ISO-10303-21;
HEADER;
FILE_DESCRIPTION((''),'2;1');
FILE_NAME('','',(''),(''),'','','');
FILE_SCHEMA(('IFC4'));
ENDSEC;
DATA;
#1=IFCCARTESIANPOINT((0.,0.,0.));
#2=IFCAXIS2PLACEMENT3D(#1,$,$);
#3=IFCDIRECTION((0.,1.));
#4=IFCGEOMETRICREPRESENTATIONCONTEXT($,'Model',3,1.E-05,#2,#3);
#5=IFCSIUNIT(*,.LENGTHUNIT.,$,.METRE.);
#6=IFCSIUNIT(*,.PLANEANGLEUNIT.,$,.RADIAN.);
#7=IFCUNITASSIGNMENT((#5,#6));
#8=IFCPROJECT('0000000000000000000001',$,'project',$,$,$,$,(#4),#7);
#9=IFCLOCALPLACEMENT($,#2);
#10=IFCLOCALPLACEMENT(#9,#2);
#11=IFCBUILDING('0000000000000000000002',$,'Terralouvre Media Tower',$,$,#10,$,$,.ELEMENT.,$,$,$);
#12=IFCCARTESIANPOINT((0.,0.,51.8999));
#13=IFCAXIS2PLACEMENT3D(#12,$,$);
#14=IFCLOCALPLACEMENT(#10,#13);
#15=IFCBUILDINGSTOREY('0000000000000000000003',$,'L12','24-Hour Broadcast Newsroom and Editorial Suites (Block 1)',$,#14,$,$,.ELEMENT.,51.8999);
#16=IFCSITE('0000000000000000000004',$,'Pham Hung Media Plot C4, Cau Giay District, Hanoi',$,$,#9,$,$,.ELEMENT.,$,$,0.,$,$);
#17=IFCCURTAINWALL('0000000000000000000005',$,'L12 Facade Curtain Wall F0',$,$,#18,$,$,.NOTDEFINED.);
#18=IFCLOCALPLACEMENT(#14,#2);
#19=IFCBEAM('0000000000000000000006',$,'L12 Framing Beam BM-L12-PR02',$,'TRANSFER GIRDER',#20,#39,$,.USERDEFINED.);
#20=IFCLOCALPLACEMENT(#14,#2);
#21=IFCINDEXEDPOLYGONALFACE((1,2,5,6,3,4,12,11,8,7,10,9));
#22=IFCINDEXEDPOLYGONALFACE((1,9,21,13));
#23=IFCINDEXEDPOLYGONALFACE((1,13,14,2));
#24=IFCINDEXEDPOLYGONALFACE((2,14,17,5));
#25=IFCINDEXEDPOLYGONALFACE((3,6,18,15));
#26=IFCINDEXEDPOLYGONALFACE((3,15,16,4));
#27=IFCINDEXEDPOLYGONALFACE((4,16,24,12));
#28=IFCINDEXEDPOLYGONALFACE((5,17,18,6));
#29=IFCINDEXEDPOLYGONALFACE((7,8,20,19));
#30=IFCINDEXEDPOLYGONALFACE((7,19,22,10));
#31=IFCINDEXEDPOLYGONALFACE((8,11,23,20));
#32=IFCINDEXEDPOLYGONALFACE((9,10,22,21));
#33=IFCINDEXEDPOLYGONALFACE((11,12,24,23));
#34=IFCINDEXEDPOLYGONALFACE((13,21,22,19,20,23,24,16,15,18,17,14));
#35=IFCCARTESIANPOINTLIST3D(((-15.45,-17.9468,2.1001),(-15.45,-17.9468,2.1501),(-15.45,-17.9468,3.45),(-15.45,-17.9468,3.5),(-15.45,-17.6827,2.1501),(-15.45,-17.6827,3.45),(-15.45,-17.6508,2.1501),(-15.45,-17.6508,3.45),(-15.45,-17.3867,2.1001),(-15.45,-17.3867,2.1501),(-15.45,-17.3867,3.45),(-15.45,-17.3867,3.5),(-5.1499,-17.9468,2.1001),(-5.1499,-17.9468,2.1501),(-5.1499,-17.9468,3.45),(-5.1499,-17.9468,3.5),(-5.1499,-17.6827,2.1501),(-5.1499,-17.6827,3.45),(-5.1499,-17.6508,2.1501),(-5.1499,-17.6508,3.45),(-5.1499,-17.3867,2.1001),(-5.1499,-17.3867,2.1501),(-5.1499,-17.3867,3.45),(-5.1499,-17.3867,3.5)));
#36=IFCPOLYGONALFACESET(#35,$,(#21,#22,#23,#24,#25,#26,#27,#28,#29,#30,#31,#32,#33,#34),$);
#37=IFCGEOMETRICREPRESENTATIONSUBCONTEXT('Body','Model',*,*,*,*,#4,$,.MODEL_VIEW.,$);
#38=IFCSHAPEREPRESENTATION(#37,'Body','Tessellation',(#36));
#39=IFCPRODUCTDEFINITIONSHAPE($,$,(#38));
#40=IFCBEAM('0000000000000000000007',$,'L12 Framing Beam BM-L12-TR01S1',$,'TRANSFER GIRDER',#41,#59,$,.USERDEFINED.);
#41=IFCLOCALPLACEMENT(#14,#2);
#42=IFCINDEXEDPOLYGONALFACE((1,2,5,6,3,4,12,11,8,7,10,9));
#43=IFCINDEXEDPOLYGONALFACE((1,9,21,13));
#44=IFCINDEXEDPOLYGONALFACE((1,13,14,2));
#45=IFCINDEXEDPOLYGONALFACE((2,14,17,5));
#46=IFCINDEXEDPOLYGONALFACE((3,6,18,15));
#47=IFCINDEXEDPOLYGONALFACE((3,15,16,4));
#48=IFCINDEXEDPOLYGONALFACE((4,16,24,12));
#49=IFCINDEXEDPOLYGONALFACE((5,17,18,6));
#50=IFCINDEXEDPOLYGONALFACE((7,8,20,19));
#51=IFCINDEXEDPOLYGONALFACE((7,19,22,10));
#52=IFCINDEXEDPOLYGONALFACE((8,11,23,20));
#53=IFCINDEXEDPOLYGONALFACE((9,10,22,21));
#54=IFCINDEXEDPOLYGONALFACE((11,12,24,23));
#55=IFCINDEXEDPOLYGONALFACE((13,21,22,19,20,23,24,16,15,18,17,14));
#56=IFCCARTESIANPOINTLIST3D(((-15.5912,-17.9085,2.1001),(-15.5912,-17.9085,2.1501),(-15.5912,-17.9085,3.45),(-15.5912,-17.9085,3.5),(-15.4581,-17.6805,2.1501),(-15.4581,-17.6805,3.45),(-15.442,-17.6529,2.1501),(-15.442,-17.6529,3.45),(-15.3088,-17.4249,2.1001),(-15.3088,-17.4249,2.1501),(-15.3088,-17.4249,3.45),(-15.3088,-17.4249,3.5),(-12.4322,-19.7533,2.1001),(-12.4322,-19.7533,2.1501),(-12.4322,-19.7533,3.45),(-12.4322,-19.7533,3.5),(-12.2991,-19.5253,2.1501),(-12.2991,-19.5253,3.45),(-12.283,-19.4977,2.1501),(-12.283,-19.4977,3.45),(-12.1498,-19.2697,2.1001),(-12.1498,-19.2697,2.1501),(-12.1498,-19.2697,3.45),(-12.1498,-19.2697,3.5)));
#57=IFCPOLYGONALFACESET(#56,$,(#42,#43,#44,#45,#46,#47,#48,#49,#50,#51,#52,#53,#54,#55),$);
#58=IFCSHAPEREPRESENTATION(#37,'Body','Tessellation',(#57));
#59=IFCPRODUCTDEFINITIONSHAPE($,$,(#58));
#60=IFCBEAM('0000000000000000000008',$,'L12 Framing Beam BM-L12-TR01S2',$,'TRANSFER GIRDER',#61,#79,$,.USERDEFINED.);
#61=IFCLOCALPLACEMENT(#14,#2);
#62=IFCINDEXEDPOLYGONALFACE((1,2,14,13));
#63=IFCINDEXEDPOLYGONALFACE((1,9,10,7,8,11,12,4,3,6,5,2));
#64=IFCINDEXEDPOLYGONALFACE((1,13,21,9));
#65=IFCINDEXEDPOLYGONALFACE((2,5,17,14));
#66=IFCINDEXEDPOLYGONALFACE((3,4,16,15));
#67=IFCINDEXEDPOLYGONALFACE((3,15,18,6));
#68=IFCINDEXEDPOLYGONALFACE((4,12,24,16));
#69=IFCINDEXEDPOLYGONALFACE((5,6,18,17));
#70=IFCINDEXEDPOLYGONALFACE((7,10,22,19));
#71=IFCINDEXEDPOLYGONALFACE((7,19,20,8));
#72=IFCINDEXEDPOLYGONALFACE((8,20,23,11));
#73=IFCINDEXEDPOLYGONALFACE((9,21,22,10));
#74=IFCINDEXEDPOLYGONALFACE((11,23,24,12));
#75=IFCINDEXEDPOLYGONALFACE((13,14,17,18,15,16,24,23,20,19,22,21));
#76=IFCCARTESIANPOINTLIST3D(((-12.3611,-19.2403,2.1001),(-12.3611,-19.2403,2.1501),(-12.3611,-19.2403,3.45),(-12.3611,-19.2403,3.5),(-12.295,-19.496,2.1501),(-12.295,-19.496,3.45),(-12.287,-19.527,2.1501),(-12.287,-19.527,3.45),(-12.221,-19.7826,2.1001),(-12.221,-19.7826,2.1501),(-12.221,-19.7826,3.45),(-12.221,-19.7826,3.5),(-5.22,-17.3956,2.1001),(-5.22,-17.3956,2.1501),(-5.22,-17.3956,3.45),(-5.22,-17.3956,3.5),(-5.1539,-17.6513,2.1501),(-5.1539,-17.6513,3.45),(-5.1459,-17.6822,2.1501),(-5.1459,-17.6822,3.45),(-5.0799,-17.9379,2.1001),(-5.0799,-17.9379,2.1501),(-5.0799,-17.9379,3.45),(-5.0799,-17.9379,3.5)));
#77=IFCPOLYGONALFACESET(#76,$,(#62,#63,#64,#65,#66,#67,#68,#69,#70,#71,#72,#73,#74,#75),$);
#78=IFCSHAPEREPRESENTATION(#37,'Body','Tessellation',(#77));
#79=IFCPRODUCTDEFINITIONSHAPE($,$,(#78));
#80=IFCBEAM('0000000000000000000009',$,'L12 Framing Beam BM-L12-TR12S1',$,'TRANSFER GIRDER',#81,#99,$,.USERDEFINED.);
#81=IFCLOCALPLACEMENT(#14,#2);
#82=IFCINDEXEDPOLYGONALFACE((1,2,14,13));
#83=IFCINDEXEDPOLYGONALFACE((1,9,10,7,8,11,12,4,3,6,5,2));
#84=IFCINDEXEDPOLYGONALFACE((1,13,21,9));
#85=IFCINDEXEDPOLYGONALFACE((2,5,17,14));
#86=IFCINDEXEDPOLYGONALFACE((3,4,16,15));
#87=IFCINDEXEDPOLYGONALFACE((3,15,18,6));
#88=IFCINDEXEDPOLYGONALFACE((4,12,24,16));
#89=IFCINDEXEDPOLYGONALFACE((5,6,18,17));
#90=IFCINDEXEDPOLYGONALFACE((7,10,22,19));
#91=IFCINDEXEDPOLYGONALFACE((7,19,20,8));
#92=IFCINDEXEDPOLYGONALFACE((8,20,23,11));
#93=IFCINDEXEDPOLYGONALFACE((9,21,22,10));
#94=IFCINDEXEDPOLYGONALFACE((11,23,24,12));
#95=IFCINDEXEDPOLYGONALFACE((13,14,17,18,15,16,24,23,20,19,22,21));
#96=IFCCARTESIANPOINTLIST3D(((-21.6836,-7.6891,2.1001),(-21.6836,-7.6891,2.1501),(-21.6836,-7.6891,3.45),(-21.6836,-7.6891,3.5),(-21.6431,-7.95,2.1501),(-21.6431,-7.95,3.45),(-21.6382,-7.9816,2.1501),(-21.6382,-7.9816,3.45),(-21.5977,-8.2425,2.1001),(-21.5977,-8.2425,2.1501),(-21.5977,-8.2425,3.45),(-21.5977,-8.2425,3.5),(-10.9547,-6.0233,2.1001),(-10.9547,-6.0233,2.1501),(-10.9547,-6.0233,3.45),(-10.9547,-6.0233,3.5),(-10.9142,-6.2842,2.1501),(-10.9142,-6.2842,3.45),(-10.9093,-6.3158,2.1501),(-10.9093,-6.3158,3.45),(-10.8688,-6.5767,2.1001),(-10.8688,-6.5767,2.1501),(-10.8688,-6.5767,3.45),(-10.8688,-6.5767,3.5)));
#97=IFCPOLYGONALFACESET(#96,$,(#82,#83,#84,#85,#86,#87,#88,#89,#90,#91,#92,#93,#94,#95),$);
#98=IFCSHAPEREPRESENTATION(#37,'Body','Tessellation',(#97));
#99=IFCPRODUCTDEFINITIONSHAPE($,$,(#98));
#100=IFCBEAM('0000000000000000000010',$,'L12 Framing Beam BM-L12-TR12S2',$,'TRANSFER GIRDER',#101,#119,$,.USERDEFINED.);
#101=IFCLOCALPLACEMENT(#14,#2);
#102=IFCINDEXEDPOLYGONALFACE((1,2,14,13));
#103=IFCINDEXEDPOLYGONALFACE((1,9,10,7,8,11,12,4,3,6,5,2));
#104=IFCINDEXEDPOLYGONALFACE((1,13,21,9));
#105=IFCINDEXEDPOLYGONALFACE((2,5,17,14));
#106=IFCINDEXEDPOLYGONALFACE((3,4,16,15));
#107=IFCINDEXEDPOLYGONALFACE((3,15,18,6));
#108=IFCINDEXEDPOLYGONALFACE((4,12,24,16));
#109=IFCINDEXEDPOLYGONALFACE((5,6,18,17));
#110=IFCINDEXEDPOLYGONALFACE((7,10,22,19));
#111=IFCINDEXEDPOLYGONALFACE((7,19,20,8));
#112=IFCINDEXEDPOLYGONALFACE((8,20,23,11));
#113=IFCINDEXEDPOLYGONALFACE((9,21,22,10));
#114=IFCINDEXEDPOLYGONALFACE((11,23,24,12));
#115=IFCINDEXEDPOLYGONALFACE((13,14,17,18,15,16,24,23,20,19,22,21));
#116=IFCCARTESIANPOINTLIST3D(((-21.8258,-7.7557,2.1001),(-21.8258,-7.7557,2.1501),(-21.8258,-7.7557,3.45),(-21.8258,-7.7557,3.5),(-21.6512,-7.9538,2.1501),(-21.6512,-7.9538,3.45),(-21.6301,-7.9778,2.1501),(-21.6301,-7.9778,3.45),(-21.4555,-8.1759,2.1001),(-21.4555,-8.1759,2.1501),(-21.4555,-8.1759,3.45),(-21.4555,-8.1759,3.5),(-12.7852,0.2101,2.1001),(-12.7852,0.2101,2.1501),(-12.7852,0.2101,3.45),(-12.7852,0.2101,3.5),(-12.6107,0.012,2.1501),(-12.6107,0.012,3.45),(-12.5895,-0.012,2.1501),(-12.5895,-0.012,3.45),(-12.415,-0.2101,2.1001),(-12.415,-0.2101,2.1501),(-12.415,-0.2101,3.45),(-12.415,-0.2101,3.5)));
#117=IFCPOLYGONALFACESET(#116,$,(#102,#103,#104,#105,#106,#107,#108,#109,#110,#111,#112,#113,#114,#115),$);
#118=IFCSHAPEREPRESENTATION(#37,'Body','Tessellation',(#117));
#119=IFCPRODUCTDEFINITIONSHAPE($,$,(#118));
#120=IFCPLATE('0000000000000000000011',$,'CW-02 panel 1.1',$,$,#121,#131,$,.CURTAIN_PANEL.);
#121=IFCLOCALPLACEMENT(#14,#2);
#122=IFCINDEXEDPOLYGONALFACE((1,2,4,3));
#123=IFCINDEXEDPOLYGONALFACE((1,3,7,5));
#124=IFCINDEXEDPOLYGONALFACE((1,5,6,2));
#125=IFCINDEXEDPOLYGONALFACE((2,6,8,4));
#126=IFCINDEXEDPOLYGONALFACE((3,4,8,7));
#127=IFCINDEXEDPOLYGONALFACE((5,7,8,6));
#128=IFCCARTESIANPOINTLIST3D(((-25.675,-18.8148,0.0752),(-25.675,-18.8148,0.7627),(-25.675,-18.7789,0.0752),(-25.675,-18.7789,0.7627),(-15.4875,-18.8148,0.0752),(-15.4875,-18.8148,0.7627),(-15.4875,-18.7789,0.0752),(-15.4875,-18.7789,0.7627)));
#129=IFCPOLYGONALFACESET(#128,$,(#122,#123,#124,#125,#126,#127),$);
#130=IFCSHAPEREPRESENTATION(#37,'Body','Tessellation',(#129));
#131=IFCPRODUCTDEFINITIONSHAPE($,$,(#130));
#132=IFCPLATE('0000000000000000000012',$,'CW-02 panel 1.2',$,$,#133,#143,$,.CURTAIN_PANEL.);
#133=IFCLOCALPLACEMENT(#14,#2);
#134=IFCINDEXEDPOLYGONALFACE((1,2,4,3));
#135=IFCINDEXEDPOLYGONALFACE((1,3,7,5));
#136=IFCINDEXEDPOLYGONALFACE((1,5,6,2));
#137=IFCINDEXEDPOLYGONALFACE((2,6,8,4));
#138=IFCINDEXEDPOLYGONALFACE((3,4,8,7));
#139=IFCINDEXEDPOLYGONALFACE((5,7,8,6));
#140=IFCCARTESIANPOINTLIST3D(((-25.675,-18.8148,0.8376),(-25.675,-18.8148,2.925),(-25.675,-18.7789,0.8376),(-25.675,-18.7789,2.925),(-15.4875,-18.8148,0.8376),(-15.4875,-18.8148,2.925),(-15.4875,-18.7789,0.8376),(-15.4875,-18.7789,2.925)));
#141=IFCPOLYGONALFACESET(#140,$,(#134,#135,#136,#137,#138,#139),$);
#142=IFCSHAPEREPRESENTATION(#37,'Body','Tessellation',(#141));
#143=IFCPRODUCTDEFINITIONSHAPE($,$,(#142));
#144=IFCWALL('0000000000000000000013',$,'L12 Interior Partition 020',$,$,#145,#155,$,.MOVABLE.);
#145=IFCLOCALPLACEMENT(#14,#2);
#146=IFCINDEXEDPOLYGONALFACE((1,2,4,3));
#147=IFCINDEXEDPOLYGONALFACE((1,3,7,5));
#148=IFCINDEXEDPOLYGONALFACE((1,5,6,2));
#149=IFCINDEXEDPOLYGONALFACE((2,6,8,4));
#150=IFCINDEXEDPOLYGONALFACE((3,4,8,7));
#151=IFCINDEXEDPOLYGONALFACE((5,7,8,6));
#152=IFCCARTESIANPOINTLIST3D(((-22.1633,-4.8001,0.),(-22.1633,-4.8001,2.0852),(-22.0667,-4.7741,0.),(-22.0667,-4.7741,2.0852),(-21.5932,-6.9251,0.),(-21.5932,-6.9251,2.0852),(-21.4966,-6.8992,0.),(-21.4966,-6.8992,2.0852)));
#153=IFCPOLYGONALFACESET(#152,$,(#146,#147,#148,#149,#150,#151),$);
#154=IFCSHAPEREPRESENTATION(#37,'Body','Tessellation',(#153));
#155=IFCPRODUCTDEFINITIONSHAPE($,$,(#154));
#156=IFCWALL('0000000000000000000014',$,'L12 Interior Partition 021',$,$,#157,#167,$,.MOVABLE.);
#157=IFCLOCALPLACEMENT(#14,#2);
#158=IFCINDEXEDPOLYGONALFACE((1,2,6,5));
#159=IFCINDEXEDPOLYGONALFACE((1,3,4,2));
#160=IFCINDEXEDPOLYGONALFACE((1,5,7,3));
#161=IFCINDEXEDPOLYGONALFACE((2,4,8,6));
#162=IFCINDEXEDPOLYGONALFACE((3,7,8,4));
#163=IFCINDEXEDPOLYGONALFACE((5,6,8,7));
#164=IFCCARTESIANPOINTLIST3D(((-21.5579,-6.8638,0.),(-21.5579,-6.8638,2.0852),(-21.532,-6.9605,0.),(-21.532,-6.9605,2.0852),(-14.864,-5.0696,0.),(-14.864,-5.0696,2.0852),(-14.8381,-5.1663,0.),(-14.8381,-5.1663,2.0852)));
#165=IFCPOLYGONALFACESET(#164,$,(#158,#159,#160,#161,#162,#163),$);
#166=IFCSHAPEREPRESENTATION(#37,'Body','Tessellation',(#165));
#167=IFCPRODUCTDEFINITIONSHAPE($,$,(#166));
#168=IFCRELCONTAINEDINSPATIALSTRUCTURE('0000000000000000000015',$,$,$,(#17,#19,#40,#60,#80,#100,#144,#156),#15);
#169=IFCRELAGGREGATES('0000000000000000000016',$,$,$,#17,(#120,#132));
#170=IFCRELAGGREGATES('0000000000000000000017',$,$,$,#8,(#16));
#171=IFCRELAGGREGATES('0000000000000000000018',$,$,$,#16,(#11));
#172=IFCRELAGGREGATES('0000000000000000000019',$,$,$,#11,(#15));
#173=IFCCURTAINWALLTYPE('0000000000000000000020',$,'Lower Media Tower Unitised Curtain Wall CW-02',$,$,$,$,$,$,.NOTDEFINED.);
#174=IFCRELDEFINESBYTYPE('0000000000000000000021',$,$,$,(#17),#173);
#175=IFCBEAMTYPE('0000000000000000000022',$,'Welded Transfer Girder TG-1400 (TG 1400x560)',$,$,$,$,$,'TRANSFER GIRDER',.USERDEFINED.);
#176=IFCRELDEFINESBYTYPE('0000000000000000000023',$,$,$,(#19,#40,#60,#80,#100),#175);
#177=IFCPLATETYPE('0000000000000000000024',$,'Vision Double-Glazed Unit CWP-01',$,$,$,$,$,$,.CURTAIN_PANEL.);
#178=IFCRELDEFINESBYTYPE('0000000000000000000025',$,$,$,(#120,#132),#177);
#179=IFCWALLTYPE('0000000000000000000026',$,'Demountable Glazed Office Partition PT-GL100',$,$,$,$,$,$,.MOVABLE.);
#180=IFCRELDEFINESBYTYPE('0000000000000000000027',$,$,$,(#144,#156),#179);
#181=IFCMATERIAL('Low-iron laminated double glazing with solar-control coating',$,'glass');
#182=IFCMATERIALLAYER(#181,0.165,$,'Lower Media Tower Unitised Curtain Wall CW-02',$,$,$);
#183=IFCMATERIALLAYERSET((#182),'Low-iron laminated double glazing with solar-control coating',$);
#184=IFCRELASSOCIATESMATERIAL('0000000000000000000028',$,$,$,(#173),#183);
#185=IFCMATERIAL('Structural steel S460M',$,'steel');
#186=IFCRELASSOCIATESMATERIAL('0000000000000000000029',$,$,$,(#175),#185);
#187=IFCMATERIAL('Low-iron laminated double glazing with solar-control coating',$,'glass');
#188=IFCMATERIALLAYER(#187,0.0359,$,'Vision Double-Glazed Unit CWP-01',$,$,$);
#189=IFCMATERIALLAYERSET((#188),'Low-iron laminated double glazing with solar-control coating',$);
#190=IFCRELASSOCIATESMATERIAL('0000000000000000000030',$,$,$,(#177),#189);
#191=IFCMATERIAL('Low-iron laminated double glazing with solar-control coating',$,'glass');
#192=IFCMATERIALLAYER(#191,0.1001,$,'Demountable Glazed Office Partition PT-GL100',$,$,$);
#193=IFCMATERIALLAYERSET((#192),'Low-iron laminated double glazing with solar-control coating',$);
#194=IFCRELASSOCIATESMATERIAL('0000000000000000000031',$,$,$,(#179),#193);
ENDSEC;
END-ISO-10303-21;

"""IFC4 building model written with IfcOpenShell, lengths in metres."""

from ifc_helpers import new_model, si_unit, direction, frame, frame_2d, origin, origin_2d, place, context, subcontext, project, spatial, rectangle, i_section, extrude, material, layer, layer_set, material_profile, profile_set, type_object, element, aggregate, save


model = new_model("IFC4")

# Units and contexts
model_context = context("Model", 3, precision=1e-05, world=origin(), true_north=direction((0.0, 1.0)))
body_context = subcontext(model_context, "Body", "Model", "MODEL_VIEW")
ifc_project = project(units=[si_unit("LENGTHUNIT", "METRE"), si_unit("PLANEANGLEUNIT", "RADIAN")], contexts=[model_context])

# Site, building, storey
site_placement = place(None, origin())
site = spatial("IfcSite", under=ifc_project, at=site_placement, Name="Pham Hung Media Plot C4, Cau Giay District, Hanoi", CompositionType="ELEMENT", RefElevation=0.0)
building_placement = place(site_placement, origin())
building = spatial("IfcBuilding", under=site, at=building_placement, Name="Terralouvre Media Tower", CompositionType="ELEMENT")
storey_placement = place(building_placement, frame((0.0, 0.0, 51.8999)))
storey = spatial("IfcBuildingStorey", under=building, at=storey_placement, Name="L12", Description="24-Hour Broadcast Newsroom and Editorial Suites (Block 1)", CompositionType="ELEMENT", Elevation=51.8999)

# Curtain wall
ifc_material_1 = material(Name="Low-iron laminated double glazing with solar-control coating", Category="glass")
ifc_layer_1 = layer(ifc_material_1, 0.165, Name="Lower Media Tower Unitised Curtain Wall CW-02")
ifc_layer_set_1 = layer_set([ifc_layer_1], Name="Low-iron laminated double glazing with solar-control coating")
curtain_wall_type = type_object("IfcCurtainWallType", Name="Lower Media Tower Unitised Curtain Wall CW-02", PredefinedType="NOTDEFINED", material=ifc_layer_set_1)
curtain_wall_1_placement = place(storey_placement, origin())
curtain_wall_1 = element("IfcCurtainWall", 1, at=curtain_wall_1_placement, inside=storey, type_object=curtain_wall_type, Name="L12 Facade Curtain Wall F0", PredefinedType="NOTDEFINED")

# Beams
ifc_material_2 = material(Name="Structural steel S460M", Category="steel")
ifc_material_profile_1 = material_profile(ifc_material_2, i_section(OverallWidth=0.5601, OverallDepth=1.3999, WebThickness=0.032, FlangeThickness=0.05, at=origin_2d()), Name="TG 1400x560")
ifc_profile_set_1 = profile_set([ifc_material_profile_1], Name="Structural steel S460M")
beam_type_1 = type_object("IfcBeamType", Name="Welded Transfer Girder TG-1400 (TG 1400x560)", ElementType="TRANSFER GIRDER", PredefinedType="USERDEFINED", material=ifc_profile_set_1)
beam_1_placement = place(storey_placement, frame((-15.45, -17.6667, 2.8), z_axis=(1.0, 0.0, 0.0), x_axis=(0.0, 1.0, 0.0)))
element("IfcBeam", 2, at=beam_1_placement, inside=storey, type_object=beam_type_1, Name="L12 Framing Beam BM-L12-PR02", ObjectType="TRANSFER GIRDER", PredefinedType="USERDEFINED", context=body_context, shape_type="SweptSolid", body=[
    extrude(i_section(OverallWidth=0.5601, OverallDepth=1.3999, WebThickness=0.032, FlangeThickness=0.05, at=origin_2d()), origin(), (0.0, 0.0, 1.0), 10.3),
])
beam_2_placement = place(storey_placement, frame((-12.291, -19.5115, 2.8), z_axis=(-0.863539, 0.504282, 0.0), x_axis=(-0.504282, -0.863539, 0.0)))
element("IfcBeam", 3, at=beam_2_placement, inside=storey, type_object=beam_type_1, Name="L12 Framing Beam BM-L12-TR01S1", ObjectType="TRANSFER GIRDER", PredefinedType="USERDEFINED", context=body_context, shape_type="SweptSolid", body=[
    extrude(i_section(OverallWidth=0.5601, OverallDepth=1.3999, WebThickness=0.032, FlangeThickness=0.05, at=origin_2d()), origin(), (0.0, 0.0, 1.0), 3.6582),
])
beam_3_placement = place(storey_placement, frame((-12.291, -19.5115, 2.8), z_axis=(0.968216, 0.250114, 0.0), x_axis=(-0.250114, 0.968216, 0.0)))
element("IfcBeam", 4, at=beam_3_placement, inside=storey, type_object=beam_type_1, Name="L12 Framing Beam BM-L12-TR01S2", ObjectType="TRANSFER GIRDER", PredefinedType="USERDEFINED", context=body_context, shape_type="SweptSolid", body=[
    extrude(i_section(OverallWidth=0.5601, OverallDepth=1.3999, WebThickness=0.032, FlangeThickness=0.05, at=origin_2d()), origin(), (0.0, 0.0, 1.0), 7.3755),
])
beam_4_placement = place(storey_placement, frame((-21.6406, -7.9658, 2.8), z_axis=(0.98816, 0.153424, 0.0), x_axis=(-0.153424, 0.98816, 0.0)))
element("IfcBeam", 5, at=beam_4_placement, inside=storey, type_object=beam_type_1, Name="L12 Framing Beam BM-L12-TR12S1", ObjectType="TRANSFER GIRDER", PredefinedType="USERDEFINED", context=body_context, shape_type="SweptSolid", body=[
    extrude(i_section(OverallWidth=0.5601, OverallDepth=1.3999, WebThickness=0.032, FlangeThickness=0.05, at=origin_2d()), origin(), (0.0, 0.0, 1.0), 10.8574),
])
beam_5_placement = place(storey_placement, frame((-21.6406, -7.9658, 2.8), z_axis=(0.750295, 0.661103, 0.0), x_axis=(-0.661103, 0.750295, 0.0)))
element("IfcBeam", 6, at=beam_5_placement, inside=storey, type_object=beam_type_1, Name="L12 Framing Beam BM-L12-TR12S2", ObjectType="TRANSFER GIRDER", PredefinedType="USERDEFINED", context=body_context, shape_type="SweptSolid", body=[
    extrude(i_section(OverallWidth=0.5601, OverallDepth=1.3999, WebThickness=0.032, FlangeThickness=0.05, at=origin_2d()), origin(), (0.0, 0.0, 1.0), 12.0493),
])

# Plates
ifc_material_3 = material(Name="Low-iron laminated double glazing with solar-control coating", Category="glass")
ifc_layer_2 = layer(ifc_material_3, 0.0359, Name="Vision Double-Glazed Unit CWP-01")
ifc_layer_set_2 = layer_set([ifc_layer_2], Name="Low-iron laminated double glazing with solar-control coating")
plate_type = type_object("IfcPlateType", Name="Vision Double-Glazed Unit CWP-01", PredefinedType="CURTAIN_PANEL", material=ifc_layer_set_2)
plate_1_placement = place(storey_placement, frame((-20.5813, -18.7969, 0.0752), z_axis=(0.0, 0.0, 1.0), x_axis=(1.0, 0.0, 0.0)))
plate_1 = element("IfcPlate", 7, at=plate_1_placement, type_object=plate_type, Name="CW-02 panel 1.1", PredefinedType="CURTAIN_PANEL", context=body_context, shape_type="SweptSolid", body=[
    extrude(rectangle(XDim=10.1875, YDim=0.0359, at=origin_2d()), origin(), (0.0, 0.0, 1.0), 0.6875),
])
plate_2_placement = place(storey_placement, frame((-20.5813, -18.7969, 0.8376), z_axis=(0.0, 0.0, 1.0), x_axis=(1.0, 0.0, 0.0)))
plate_2 = element("IfcPlate", 8, at=plate_2_placement, type_object=plate_type, Name="CW-02 panel 1.2", PredefinedType="CURTAIN_PANEL", context=body_context, shape_type="SweptSolid", body=[
    extrude(rectangle(XDim=10.1875, YDim=0.0359, at=origin_2d()), origin(), (0.0, 0.0, 1.0), 2.0874),
])
aggregate(curtain_wall_1, [plate_1, plate_2])

# Walls
ifc_material_4 = material(Name="Low-iron laminated double glazing with solar-control coating", Category="glass")
ifc_layer_3 = layer(ifc_material_4, 0.1001, Name="Demountable Glazed Office Partition PT-GL100")
ifc_layer_set_3 = layer_set([ifc_layer_3], Name="Low-iron laminated double glazing with solar-control coating")
wall_type_1 = type_object("IfcWallType", Name="Demountable Glazed Office Partition PT-GL100", PredefinedType="MOVABLE", material=ifc_layer_set_3)
wall_1_placement = place(storey_placement, frame((-22.115, -4.7871, 0.0), z_axis=(0.0, 0.0, 1.0), x_axis=(0.259106, -0.965849, 0.0)))
element("IfcWall", 9, at=wall_1_placement, inside=storey, type_object=wall_type_1, Name="L12 Interior Partition 020", PredefinedType="MOVABLE", context=body_context, shape_type="SweptSolid", body=[
    extrude(rectangle(XDim=2.2002, YDim=0.1001, at=frame_2d((1.1001, 0.0))), origin(), (0.0, 0.0, 1.0), 2.0852),
])
wall_2_placement = place(storey_placement, frame((-21.5449, -6.9121, 0.0), z_axis=(0.0, 0.0, 1.0), x_axis=(0.965905, 0.258897, 0.0)))
element("IfcWall", 10, at=wall_2_placement, inside=storey, type_object=wall_type_1, Name="L12 Interior Partition 021", PredefinedType="MOVABLE", context=body_context, shape_type="SweptSolid", body=[
    extrude(rectangle(XDim=6.9302, YDim=0.1001, at=frame_2d((3.4651, 0.0))), origin(), (0.0, 0.0, 1.0), 2.0852),
])

save(model, "model.ifc")
